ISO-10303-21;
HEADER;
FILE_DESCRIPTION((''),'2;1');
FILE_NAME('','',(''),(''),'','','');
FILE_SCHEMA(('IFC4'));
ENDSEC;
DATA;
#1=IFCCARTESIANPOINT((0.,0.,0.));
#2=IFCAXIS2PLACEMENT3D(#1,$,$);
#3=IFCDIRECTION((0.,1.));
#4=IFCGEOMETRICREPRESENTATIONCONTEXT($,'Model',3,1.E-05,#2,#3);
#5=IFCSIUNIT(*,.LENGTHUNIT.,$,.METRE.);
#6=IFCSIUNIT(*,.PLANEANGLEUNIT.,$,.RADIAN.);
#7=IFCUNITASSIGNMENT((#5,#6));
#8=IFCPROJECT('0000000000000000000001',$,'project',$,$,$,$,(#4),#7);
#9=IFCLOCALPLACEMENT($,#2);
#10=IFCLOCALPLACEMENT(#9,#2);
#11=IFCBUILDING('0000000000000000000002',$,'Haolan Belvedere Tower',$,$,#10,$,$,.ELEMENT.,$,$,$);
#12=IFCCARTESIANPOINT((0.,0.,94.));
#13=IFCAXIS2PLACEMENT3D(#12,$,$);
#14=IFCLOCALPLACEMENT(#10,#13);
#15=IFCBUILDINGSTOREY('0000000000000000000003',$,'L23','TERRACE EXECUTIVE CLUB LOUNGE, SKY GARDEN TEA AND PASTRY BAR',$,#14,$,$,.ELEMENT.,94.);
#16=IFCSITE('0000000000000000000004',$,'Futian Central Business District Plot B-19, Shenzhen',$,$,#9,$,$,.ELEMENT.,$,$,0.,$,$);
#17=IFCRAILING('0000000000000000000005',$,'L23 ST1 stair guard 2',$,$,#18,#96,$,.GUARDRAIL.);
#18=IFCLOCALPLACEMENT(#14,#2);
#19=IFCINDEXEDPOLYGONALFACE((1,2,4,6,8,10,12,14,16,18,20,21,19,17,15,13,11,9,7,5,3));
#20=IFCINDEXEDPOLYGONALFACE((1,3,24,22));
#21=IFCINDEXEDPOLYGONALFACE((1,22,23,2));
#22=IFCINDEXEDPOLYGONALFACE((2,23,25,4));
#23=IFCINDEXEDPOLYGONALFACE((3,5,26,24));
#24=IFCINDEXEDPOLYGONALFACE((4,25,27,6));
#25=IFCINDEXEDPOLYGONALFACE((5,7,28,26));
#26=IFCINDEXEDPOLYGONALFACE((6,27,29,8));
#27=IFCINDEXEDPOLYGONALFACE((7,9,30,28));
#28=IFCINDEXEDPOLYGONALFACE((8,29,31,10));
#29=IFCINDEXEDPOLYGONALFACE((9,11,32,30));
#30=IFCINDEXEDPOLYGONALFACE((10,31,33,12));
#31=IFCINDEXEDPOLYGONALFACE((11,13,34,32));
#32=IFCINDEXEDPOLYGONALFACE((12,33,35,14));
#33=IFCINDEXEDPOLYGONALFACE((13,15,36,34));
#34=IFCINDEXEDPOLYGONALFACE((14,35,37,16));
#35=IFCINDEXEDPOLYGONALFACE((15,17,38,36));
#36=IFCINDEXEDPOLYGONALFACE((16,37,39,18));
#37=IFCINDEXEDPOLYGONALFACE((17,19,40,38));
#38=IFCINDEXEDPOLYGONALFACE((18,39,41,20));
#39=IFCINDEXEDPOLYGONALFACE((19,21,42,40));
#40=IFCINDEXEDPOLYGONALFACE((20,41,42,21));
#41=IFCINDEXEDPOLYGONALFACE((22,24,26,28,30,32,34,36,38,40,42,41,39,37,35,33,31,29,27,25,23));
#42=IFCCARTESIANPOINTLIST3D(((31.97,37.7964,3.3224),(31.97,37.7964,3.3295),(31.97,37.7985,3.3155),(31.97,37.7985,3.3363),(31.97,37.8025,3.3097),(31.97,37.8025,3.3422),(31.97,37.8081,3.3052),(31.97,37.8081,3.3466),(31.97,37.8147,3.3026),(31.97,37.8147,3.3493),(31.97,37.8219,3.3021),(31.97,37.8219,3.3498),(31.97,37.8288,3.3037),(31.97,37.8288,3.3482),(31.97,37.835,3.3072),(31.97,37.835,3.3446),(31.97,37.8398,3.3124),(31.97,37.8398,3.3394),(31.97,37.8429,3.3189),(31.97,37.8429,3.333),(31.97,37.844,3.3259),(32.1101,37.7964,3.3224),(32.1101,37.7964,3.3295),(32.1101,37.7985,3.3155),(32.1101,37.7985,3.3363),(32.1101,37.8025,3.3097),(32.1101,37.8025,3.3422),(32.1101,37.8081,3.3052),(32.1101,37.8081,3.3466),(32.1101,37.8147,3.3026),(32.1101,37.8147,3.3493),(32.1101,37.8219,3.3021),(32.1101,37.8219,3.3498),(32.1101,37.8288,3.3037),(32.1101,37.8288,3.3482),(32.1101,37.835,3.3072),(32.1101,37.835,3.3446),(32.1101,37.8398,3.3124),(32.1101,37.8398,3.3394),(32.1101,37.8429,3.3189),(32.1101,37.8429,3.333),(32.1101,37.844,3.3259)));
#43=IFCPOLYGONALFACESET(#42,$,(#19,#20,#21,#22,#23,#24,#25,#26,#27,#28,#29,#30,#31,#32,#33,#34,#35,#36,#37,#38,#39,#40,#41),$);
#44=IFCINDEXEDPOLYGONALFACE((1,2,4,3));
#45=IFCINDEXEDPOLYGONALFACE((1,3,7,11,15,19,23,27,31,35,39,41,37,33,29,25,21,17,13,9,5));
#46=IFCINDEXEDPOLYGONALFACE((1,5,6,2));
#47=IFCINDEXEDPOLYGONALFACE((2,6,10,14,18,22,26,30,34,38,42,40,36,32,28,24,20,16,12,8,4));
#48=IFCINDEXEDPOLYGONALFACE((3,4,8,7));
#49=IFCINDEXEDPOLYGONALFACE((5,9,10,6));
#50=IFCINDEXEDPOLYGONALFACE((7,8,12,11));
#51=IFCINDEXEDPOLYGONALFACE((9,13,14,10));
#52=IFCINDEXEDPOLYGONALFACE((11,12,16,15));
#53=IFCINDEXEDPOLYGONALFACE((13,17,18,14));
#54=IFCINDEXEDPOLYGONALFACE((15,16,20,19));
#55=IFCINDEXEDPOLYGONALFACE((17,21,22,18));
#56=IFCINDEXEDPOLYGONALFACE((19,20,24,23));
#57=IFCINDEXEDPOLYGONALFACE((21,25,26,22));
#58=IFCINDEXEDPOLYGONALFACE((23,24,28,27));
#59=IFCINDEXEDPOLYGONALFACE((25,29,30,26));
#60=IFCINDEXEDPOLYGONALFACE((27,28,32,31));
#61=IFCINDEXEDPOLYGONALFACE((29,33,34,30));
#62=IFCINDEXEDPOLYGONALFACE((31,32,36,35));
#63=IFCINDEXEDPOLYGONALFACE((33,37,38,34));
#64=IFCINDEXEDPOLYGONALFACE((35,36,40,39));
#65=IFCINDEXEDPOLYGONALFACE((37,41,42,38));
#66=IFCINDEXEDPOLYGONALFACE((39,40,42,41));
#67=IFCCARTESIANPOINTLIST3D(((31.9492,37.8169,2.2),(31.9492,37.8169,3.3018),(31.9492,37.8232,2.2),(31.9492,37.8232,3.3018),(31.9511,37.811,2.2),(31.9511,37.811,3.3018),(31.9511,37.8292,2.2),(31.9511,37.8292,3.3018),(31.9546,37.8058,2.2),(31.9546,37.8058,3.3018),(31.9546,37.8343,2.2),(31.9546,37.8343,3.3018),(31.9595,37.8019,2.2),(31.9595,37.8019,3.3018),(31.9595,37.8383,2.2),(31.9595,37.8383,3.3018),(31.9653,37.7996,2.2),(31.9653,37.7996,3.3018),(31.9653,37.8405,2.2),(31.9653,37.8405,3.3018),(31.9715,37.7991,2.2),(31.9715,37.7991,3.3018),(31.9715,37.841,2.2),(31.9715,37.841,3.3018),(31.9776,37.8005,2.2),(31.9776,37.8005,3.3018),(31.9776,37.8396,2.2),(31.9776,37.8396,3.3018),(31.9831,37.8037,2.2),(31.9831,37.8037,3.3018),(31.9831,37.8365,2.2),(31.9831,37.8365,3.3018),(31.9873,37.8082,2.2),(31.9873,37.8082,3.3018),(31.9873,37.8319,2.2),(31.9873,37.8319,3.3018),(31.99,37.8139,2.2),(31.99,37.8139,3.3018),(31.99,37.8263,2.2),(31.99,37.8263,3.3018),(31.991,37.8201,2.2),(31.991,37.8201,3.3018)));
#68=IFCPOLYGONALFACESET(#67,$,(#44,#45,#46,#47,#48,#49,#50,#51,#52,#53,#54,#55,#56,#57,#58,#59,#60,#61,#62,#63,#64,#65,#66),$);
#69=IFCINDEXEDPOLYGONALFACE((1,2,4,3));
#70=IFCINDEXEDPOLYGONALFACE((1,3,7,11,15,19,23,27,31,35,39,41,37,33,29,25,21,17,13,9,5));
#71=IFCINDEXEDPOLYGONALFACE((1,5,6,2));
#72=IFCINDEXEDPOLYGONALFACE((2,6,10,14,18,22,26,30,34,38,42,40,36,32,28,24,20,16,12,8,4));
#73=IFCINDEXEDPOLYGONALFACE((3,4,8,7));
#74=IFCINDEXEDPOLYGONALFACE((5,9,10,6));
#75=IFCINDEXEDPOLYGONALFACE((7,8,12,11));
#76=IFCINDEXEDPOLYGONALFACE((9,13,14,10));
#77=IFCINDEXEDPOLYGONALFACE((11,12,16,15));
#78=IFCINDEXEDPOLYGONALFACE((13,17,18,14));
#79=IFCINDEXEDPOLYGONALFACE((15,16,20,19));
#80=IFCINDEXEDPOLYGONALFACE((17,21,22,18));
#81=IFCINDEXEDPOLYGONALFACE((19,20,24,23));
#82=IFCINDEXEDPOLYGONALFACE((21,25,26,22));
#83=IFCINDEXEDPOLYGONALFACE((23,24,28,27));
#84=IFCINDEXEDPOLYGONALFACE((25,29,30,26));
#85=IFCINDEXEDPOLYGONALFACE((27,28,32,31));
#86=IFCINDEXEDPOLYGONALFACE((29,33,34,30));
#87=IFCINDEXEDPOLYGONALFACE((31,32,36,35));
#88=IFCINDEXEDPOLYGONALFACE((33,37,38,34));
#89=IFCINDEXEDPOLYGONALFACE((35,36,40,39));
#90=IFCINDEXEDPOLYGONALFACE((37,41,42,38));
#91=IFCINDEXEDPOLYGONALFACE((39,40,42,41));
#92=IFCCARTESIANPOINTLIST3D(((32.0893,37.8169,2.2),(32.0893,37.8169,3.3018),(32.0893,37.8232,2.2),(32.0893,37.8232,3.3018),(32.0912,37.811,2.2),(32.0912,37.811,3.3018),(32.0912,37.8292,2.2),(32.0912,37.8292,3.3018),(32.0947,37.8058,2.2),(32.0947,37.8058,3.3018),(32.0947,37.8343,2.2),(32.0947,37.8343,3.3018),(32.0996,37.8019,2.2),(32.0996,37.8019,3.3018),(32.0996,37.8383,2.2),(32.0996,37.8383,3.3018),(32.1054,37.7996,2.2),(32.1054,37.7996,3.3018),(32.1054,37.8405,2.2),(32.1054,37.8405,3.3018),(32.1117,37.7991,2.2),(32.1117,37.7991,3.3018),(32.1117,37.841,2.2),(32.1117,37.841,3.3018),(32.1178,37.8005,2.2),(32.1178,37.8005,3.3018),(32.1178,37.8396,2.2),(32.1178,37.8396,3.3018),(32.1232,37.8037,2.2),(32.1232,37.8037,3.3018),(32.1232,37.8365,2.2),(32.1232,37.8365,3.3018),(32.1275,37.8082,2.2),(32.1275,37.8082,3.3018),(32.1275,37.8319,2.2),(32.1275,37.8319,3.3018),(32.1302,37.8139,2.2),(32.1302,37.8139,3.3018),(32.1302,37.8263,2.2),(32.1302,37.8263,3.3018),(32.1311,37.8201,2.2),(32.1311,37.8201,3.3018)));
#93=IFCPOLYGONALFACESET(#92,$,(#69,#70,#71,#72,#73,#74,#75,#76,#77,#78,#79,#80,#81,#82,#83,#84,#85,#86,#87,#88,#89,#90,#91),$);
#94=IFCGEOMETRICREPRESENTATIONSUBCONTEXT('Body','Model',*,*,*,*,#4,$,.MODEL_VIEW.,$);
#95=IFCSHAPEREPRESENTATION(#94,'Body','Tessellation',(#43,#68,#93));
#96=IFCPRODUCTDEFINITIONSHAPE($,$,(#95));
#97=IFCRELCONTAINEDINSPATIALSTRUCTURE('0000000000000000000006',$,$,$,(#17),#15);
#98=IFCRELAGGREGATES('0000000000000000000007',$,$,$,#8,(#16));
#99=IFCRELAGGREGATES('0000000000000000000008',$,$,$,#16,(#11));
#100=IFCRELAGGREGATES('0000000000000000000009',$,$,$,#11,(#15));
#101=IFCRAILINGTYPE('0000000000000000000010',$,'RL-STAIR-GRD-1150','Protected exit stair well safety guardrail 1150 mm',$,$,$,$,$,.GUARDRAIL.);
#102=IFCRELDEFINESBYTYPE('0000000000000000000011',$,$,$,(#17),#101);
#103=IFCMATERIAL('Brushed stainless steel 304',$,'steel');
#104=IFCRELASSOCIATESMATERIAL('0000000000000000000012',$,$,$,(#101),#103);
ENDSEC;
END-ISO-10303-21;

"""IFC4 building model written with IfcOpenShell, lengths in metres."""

from ifc_helpers import new_model, si_unit, direction, frame, origin, origin_2d, place, context, subcontext, project, spatial, circle, extrude, material, type_object, element, save


model = new_model("IFC4")

# Units and contexts
model_context = context("Model", 3, precision=1e-05, world=origin(), true_north=direction((0.0, 1.0)))
body_context = subcontext(model_context, "Body", "Model", "MODEL_VIEW")
ifc_project = project(units=[si_unit("LENGTHUNIT", "METRE"), si_unit("PLANEANGLEUNIT", "RADIAN")], contexts=[model_context])

# Site, building, storey
site_placement = place(None, origin())
site = spatial("IfcSite", under=ifc_project, at=site_placement, Name="Futian Central Business District Plot B-19, Shenzhen", CompositionType="ELEMENT", RefElevation=0.0)
building_placement = place(site_placement, origin())
building = spatial("IfcBuilding", under=site, at=building_placement, Name="Haolan Belvedere Tower", CompositionType="ELEMENT")
storey_placement = place(building_placement, frame((0.0, 0.0, 94.0)))
storey = spatial("IfcBuildingStorey", under=building, at=storey_placement, Name="L23", Description="TERRACE EXECUTIVE CLUB LOUNGE, SKY GARDEN TEA AND PASTRY BAR", CompositionType="ELEMENT", Elevation=94.0)

# Railing
ifc_material_1 = material(Name="Brushed stainless steel 304", Category="steel")
railing_type_1 = type_object("IfcRailingType", Name="RL-STAIR-GRD-1150", Description="Protected exit stair well safety guardrail 1150 mm", PredefinedType="GUARDRAIL", material=ifc_material_1)
railing_1_placement = place(storey_placement, frame((31.97, 37.8201, 2.2)))
element("IfcRailing", 1, at=railing_1_placement, inside=storey, type_object=railing_type_1, Name="L23 ST1 stair guard 2", PredefinedType="GUARDRAIL", context=body_context, shape_type="SweptSolid", body=[
    extrude(circle(Radius=0.0239, at=origin_2d()), frame((0.0, 0.0, 1.126), z_axis=(1.0, 0.0, 0.0), x_axis=(0.0, 1.0, 0.0)), (0.0, 0.0, 1.0), 0.1401),
    extrude(circle(Radius=0.021, at=origin_2d()), origin(), (0.0, 0.0, 1.0), 1.1018),
    extrude(circle(Radius=0.021, at=origin_2d()), frame((0.1401, 0.0, 0.0)), (0.0, 0.0, 1.0), 1.1018),
])

save(model, "model.ifc")
